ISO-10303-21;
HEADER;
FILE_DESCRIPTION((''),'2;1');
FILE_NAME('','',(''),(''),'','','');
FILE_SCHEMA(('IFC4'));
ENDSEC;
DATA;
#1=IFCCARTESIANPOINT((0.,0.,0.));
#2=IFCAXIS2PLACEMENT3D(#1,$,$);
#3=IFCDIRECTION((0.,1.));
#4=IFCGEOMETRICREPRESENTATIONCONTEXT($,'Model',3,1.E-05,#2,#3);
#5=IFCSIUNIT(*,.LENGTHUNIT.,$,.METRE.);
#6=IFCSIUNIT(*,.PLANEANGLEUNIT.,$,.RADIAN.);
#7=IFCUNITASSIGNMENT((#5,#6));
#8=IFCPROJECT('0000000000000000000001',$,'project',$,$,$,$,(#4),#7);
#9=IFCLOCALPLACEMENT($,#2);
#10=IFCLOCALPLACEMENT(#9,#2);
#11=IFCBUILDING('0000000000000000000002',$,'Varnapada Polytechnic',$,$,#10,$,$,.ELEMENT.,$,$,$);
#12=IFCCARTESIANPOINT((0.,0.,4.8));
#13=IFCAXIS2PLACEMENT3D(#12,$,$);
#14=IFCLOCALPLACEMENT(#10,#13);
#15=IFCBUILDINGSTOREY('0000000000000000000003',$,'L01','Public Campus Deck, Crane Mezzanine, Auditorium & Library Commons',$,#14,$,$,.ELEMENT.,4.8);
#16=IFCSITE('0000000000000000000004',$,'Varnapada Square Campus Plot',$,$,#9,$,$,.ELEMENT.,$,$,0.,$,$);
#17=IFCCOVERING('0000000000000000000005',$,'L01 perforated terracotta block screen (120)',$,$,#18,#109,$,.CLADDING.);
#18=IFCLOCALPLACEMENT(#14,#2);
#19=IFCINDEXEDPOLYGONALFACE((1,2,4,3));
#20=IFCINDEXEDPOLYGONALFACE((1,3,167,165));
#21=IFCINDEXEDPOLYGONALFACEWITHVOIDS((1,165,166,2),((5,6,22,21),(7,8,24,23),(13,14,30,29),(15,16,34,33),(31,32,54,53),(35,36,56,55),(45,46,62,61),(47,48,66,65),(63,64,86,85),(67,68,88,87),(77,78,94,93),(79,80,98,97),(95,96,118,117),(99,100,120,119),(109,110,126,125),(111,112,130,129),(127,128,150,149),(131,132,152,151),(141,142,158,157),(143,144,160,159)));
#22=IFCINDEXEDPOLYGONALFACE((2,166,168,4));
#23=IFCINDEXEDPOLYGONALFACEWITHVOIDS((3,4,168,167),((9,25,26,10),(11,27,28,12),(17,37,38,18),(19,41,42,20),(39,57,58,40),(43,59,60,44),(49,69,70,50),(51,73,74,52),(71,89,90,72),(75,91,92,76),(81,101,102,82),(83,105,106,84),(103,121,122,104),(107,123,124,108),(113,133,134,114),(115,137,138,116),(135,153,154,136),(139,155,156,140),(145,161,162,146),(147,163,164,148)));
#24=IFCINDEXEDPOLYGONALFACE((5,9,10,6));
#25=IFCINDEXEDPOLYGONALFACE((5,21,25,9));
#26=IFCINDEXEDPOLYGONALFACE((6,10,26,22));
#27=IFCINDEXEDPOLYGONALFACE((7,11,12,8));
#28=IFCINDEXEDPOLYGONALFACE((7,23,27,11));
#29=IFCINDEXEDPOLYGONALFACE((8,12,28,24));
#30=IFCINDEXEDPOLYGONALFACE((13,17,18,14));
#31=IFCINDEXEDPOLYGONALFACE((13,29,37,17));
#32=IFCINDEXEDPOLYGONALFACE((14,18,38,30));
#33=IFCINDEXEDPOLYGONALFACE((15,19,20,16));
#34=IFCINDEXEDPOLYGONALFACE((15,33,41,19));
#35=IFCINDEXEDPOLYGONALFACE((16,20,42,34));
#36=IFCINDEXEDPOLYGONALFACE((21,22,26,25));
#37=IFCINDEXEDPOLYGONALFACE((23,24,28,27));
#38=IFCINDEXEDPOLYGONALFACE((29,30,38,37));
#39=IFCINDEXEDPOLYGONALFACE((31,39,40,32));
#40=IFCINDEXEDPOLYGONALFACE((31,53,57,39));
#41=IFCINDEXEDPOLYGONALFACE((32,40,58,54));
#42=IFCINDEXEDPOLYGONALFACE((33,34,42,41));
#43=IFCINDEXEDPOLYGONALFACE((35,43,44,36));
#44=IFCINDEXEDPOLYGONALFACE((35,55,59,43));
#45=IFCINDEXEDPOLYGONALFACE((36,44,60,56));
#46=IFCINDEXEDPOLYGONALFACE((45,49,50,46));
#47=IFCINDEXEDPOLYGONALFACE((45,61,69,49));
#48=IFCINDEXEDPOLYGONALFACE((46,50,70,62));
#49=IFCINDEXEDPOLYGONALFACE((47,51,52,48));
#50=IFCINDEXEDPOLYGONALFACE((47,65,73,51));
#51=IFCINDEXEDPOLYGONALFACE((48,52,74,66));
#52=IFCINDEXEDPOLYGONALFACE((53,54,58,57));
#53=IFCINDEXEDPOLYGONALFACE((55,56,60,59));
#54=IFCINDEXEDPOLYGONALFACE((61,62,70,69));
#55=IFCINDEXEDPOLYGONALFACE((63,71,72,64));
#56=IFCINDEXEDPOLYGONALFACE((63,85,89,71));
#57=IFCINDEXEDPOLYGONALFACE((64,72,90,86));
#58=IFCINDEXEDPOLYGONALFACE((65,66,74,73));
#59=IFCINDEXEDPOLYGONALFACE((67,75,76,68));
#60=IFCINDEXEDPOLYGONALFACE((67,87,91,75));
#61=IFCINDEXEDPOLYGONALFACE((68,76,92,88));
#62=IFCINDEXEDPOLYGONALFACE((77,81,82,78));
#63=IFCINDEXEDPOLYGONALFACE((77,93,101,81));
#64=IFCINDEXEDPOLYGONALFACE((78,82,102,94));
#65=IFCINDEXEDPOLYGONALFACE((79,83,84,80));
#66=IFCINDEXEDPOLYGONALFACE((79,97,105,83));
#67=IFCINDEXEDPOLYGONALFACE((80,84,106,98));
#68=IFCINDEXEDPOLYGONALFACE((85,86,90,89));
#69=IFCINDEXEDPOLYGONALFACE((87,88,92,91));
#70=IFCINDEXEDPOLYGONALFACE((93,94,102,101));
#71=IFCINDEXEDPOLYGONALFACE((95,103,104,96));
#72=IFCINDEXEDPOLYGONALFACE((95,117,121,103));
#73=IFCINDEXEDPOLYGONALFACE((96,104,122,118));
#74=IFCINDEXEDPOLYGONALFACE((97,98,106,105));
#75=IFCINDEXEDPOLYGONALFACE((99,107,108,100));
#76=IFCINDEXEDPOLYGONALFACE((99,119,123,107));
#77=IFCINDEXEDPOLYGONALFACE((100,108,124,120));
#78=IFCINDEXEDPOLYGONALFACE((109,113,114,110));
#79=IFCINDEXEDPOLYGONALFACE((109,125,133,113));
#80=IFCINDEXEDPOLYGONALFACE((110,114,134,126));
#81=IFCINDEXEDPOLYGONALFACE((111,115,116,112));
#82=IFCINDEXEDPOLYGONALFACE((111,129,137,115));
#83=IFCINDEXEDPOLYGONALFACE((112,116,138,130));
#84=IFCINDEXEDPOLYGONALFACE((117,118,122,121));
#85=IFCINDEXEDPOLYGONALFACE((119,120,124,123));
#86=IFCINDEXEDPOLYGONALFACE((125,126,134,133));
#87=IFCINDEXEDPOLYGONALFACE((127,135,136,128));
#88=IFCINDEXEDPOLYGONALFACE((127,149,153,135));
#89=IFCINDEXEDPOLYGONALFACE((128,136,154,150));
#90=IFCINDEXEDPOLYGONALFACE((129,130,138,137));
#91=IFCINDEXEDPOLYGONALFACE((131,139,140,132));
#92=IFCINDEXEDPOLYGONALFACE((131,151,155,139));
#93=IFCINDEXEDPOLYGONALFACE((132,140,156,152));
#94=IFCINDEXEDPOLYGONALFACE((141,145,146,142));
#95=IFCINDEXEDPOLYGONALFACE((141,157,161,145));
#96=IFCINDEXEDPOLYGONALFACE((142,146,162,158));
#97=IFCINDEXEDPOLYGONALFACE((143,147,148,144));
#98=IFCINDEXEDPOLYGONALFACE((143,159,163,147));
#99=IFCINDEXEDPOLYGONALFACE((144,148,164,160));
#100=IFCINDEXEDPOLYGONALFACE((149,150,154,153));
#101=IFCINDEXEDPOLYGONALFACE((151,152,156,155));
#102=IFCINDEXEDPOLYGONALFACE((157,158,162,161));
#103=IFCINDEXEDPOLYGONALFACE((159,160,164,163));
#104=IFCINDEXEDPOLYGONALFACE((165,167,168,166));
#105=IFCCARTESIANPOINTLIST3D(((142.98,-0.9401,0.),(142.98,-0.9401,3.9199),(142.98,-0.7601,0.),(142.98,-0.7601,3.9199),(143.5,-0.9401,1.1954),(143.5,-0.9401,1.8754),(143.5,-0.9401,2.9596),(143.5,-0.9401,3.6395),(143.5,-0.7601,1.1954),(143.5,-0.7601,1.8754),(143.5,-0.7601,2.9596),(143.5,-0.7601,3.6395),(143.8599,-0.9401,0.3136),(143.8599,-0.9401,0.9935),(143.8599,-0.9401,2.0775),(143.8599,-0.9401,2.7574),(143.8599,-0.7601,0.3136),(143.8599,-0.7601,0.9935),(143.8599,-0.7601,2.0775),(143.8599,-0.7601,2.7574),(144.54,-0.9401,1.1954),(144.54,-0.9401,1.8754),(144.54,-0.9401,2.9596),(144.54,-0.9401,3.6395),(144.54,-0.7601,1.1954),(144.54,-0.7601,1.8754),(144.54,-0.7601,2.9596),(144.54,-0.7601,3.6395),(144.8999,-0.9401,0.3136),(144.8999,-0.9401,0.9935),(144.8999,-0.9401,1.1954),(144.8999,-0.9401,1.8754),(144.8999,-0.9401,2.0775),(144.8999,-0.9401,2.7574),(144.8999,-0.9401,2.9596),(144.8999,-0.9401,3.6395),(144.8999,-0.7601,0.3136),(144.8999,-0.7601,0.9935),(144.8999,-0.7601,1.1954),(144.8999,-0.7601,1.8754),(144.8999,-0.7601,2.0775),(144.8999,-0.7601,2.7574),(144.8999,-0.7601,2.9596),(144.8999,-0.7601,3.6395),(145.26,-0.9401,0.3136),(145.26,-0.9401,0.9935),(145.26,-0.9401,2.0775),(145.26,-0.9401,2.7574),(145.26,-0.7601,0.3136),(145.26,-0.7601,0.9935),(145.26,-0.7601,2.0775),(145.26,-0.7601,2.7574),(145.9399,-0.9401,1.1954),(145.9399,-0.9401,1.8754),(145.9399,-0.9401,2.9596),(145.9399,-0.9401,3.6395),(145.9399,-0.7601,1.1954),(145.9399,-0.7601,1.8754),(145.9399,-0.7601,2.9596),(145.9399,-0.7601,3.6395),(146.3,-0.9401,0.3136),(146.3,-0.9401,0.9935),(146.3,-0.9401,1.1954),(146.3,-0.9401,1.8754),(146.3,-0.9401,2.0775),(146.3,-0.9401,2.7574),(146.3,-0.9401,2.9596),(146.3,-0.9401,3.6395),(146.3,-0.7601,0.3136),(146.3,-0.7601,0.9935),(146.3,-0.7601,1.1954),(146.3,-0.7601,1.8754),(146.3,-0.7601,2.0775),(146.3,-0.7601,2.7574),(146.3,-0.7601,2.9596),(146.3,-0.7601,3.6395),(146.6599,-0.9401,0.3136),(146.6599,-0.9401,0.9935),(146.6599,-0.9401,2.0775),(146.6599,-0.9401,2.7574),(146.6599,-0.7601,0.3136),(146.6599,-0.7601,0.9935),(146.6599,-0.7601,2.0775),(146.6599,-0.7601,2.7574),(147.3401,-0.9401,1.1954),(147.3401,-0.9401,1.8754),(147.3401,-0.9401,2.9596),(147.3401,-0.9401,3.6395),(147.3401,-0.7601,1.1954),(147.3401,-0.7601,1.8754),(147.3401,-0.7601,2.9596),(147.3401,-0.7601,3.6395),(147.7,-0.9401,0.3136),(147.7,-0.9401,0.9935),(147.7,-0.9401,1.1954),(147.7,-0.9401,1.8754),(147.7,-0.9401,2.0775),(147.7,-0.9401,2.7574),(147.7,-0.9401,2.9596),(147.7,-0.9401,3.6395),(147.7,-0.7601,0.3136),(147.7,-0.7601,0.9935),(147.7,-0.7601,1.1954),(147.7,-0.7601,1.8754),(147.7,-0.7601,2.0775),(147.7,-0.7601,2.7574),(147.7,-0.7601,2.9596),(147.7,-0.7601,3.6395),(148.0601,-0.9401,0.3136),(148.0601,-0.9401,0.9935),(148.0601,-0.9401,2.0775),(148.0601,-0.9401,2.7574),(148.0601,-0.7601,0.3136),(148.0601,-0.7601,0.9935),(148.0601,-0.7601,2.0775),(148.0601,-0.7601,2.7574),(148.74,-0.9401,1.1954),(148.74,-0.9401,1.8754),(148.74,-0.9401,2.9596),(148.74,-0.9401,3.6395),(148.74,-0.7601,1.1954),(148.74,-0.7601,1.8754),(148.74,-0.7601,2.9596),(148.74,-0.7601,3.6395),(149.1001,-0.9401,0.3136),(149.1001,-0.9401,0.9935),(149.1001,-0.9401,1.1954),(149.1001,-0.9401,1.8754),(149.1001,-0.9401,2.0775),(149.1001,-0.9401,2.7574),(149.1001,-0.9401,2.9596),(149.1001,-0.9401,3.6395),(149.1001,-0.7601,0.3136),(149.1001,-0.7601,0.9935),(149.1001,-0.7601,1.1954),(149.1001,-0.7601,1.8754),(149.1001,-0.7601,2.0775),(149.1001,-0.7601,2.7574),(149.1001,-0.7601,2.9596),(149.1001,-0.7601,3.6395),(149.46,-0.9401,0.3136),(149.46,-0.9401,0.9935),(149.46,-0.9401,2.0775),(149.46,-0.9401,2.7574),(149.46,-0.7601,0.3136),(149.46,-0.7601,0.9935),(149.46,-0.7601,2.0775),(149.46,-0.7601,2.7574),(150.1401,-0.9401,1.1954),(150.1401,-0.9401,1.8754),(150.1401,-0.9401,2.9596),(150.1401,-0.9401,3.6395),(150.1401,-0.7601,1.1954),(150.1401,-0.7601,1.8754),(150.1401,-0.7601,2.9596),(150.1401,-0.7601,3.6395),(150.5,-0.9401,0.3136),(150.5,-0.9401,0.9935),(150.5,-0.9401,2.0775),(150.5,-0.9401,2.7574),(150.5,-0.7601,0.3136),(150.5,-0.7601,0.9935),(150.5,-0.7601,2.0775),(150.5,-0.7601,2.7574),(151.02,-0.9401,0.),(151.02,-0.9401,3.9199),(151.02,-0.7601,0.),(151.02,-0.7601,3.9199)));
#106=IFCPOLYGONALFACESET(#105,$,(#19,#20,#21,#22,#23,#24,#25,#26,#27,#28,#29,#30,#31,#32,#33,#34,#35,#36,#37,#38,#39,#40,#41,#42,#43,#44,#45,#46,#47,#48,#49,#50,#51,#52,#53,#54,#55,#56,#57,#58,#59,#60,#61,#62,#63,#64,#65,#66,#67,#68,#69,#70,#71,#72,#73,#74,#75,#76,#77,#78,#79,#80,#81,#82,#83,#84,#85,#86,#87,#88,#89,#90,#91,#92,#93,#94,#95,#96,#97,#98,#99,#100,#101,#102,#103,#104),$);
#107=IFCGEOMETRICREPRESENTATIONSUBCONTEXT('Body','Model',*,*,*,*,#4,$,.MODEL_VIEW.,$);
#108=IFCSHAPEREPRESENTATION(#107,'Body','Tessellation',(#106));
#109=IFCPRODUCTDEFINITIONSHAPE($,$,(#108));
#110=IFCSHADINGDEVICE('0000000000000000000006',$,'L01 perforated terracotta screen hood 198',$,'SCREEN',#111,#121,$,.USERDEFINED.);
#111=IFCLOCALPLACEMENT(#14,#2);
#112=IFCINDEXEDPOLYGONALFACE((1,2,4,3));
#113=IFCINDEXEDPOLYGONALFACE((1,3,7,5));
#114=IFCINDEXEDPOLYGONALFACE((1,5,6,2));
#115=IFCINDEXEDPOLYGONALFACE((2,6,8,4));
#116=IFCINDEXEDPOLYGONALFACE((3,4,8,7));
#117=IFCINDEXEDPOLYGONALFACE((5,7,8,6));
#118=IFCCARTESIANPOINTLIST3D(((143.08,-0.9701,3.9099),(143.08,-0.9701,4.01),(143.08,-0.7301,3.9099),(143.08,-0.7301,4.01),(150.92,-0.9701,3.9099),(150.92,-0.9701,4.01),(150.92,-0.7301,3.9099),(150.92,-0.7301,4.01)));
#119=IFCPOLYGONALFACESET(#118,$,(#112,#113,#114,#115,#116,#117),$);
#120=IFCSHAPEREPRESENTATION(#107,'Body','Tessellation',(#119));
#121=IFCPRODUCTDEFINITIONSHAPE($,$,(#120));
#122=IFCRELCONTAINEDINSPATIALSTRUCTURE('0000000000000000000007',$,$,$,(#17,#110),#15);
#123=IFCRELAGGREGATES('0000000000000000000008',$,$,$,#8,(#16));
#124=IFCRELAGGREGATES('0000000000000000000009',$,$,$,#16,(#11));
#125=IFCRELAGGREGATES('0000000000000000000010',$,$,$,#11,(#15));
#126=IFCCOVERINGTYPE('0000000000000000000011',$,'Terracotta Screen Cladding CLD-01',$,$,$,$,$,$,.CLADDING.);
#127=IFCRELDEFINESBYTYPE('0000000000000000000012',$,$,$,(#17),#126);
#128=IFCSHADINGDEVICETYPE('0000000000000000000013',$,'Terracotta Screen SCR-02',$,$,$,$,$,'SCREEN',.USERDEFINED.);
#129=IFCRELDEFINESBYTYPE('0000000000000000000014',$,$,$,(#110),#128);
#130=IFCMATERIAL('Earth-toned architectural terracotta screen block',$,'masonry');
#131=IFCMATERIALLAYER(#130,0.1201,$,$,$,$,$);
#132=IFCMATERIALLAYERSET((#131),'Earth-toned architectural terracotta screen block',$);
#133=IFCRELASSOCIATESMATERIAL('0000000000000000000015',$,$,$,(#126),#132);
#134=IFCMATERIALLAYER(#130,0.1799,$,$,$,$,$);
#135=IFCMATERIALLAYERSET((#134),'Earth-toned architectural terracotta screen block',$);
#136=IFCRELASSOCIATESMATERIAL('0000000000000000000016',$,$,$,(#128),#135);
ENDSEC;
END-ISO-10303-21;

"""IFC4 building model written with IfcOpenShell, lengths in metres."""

from ifc_helpers import new_model, si_unit, direction, frame, frame_2d, origin, origin_2d, place, context, subcontext, project, spatial, rectangle, extrude, material, layer, layer_set, type_object, element, save


model = new_model("IFC4")

# Units and contexts
model_context = context("Model", 3, precision=1e-05, world=origin(), true_north=direction((0.0, 1.0)))
body_context = subcontext(model_context, "Body", "Model", "MODEL_VIEW")
ifc_project = project(units=[si_unit("LENGTHUNIT", "METRE"), si_unit("PLANEANGLEUNIT", "RADIAN")], contexts=[model_context])

# Site, building, storey
site_placement = place(None, origin())
site = spatial("IfcSite", under=ifc_project, at=site_placement, Name="Varnapada Square Campus Plot", CompositionType="ELEMENT", RefElevation=0.0)
building_placement = place(site_placement, origin())
building = spatial("IfcBuilding", under=site, at=building_placement, Name="Varnapada Polytechnic", CompositionType="ELEMENT")
storey_placement = place(building_placement, frame((0.0, 0.0, 4.8)))
storey = spatial("IfcBuildingStorey", under=building, at=storey_placement, Name="L01", Description="Public Campus Deck, Crane Mezzanine, Auditorium & Library Commons", CompositionType="ELEMENT", Elevation=4.8)

# Covering, openings
ifc_material_1 = material(Name="Earth-toned architectural terracotta screen block", Category="masonry")
ifc_layer_1 = layer(ifc_material_1, 0.1201)
ifc_layer_set_1 = layer_set([ifc_layer_1], Name="Earth-toned architectural terracotta screen block")
covering_type = type_object("IfcCoveringType", Name="Terracotta Screen Cladding CLD-01", PredefinedType="CLADDING", material=ifc_layer_set_1)
covering_placement = place(storey_placement, frame((151.02, -0.8501, 0.0), z_axis=(0.0, 0.0, 1.0), x_axis=(-1.0, 0.0, 0.0)))
covering = element("IfcCovering", 1, at=covering_placement, inside=storey, type_object=covering_type, Name="L01 perforated terracotta block screen (120)", PredefinedType="CLADDING", context=body_context, shape_type="SweptSolid", body=[
    extrude(rectangle(XDim=8.04, YDim=0.1799, at=frame_2d((4.02, 0.0))), origin(), (0.0, 0.0, 1.0), 3.9199),
])
opening_1_placement = place(covering_placement, frame((0.52, 0.0, 0.3137)))
element("IfcOpeningElement", 2, at=opening_1_placement, cuts=covering, PredefinedType="OPENING", context=body_context, shape_type="SweptSolid", body=[
    extrude(rectangle(XDim=1.04, YDim=0.6799, at=frame_2d((0.52, 0.3398))), frame((0.0, 0.0999, 0.0), z_axis=(0.0, -1.0, 0.0), x_axis=(1.0, 0.0, 0.0)), (0.0, 0.0, 1.0), 0.2),
])
opening_2_placement = place(covering_placement, frame((1.9199, 0.0, 0.3137)))
element("IfcOpeningElement", 3, at=opening_2_placement, cuts=covering, PredefinedType="OPENING", context=body_context, shape_type="SweptSolid", body=[
    extrude(rectangle(XDim=1.04, YDim=0.6799, at=frame_2d((0.52, 0.3398))), frame((0.0, 0.0999, 0.0), z_axis=(0.0, -1.0, 0.0), x_axis=(1.0, 0.0, 0.0)), (0.0, 0.0, 1.0), 0.2),
])
opening_3_placement = place(covering_placement, frame((3.3201, 0.0, 0.3137)))
element("IfcOpeningElement", 4, at=opening_3_placement, cuts=covering, PredefinedType="OPENING", context=body_context, shape_type="SweptSolid", body=[
    extrude(rectangle(XDim=1.04, YDim=0.6799, at=frame_2d((0.52, 0.3398))), frame((0.0, 0.0999, 0.0), z_axis=(0.0, -1.0, 0.0), x_axis=(1.0, 0.0, 0.0)), (0.0, 0.0, 1.0), 0.2),
])
opening_4_placement = place(covering_placement, frame((4.72, 0.0, 0.3137)))
element("IfcOpeningElement", 5, at=opening_4_placement, cuts=covering, PredefinedType="OPENING", context=body_context, shape_type="SweptSolid", body=[
    extrude(rectangle(XDim=1.04, YDim=0.6799, at=frame_2d((0.52, 0.3398))), frame((0.0, 0.0999, 0.0), z_axis=(0.0, -1.0, 0.0), x_axis=(1.0, 0.0, 0.0)), (0.0, 0.0, 1.0), 0.2),
])
opening_5_placement = place(covering_placement, frame((6.1201, 0.0, 0.3137)))
element("IfcOpeningElement", 6, at=opening_5_placement, cuts=covering, PredefinedType="OPENING", context=body_context, shape_type="SweptSolid", body=[
    extrude(rectangle(XDim=1.04, YDim=0.6799, at=frame_2d((0.52, 0.3398))), frame((0.0, 0.0999, 0.0), z_axis=(0.0, -1.0, 0.0), x_axis=(1.0, 0.0, 0.0)), (0.0, 0.0, 1.0), 0.2),
])
opening_6_placement = place(covering_placement, frame((0.8799, 0.0, 1.1956)))
element("IfcOpeningElement", 7, at=opening_6_placement, cuts=covering, PredefinedType="OPENING", context=body_context, shape_type="SweptSolid", body=[
    extrude(rectangle(XDim=1.04, YDim=0.6799, at=frame_2d((0.52, 0.3398))), frame((0.0, 0.0999, 0.0), z_axis=(0.0, -1.0, 0.0), x_axis=(1.0, 0.0, 0.0)), (0.0, 0.0, 1.0), 0.2),
])
opening_7_placement = place(covering_placement, frame((2.28, 0.0, 1.1956)))
element("IfcOpeningElement", 8, at=opening_7_placement, cuts=covering, PredefinedType="OPENING", context=body_context, shape_type="SweptSolid", body=[
    extrude(rectangle(XDim=1.04, YDim=0.6799, at=frame_2d((0.52, 0.3398))), frame((0.0, 0.0999, 0.0), z_axis=(0.0, -1.0, 0.0), x_axis=(1.0, 0.0, 0.0)), (0.0, 0.0, 1.0), 0.2),
])
opening_8_placement = place(covering_placement, frame((3.6799, 0.0, 1.1956)))
element("IfcOpeningElement", 9, at=opening_8_placement, cuts=covering, PredefinedType="OPENING", context=body_context, shape_type="SweptSolid", body=[
    extrude(rectangle(XDim=1.04, YDim=0.6799, at=frame_2d((0.52, 0.3398))), frame((0.0, 0.0999, 0.0), z_axis=(0.0, -1.0, 0.0), x_axis=(1.0, 0.0, 0.0)), (0.0, 0.0, 1.0), 0.2),
])
opening_9_placement = place(covering_placement, frame((5.0801, 0.0, 1.1956)))
element("IfcOpeningElement", 10, at=opening_9_placement, cuts=covering, PredefinedType="OPENING", context=body_context, shape_type="SweptSolid", body=[
    extrude(rectangle(XDim=1.04, YDim=0.6799, at=frame_2d((0.52, 0.3398))), frame((0.0, 0.0999, 0.0), z_axis=(0.0, -1.0, 0.0), x_axis=(1.0, 0.0, 0.0)), (0.0, 0.0, 1.0), 0.2),
])
opening_10_placement = place(covering_placement, frame((6.48, 0.0, 1.1956)))
element("IfcOpeningElement", 11, at=opening_10_placement, cuts=covering, PredefinedType="OPENING", context=body_context, shape_type="SweptSolid", body=[
    extrude(rectangle(XDim=1.04, YDim=0.6799, at=frame_2d((0.52, 0.3398))), frame((0.0, 0.0999, 0.0), z_axis=(0.0, -1.0, 0.0), x_axis=(1.0, 0.0, 0.0)), (0.0, 0.0, 1.0), 0.2),
])
opening_11_placement = place(covering_placement, frame((0.52, 0.0, 2.0776)))
element("IfcOpeningElement", 12, at=opening_11_placement, cuts=covering, PredefinedType="OPENING", context=body_context, shape_type="SweptSolid", body=[
    extrude(rectangle(XDim=1.04, YDim=0.6799, at=frame_2d((0.52, 0.3398))), frame((0.0, 0.0999, 0.0), z_axis=(0.0, -1.0, 0.0), x_axis=(1.0, 0.0, 0.0)), (0.0, 0.0, 1.0), 0.2),
])
opening_12_placement = place(covering_placement, frame((1.9199, 0.0, 2.0776)))
element("IfcOpeningElement", 13, at=opening_12_placement, cuts=covering, PredefinedType="OPENING", context=body_context, shape_type="SweptSolid", body=[
    extrude(rectangle(XDim=1.04, YDim=0.6799, at=frame_2d((0.52, 0.3398))), frame((0.0, 0.0999, 0.0), z_axis=(0.0, -1.0, 0.0), x_axis=(1.0, 0.0, 0.0)), (0.0, 0.0, 1.0), 0.2),
])
opening_13_placement = place(covering_placement, frame((3.3201, 0.0, 2.0776)))
element("IfcOpeningElement", 14, at=opening_13_placement, cuts=covering, PredefinedType="OPENING", context=body_context, shape_type="SweptSolid", body=[
    extrude(rectangle(XDim=1.04, YDim=0.6799, at=frame_2d((0.52, 0.3398))), frame((0.0, 0.0999, 0.0), z_axis=(0.0, -1.0, 0.0), x_axis=(1.0, 0.0, 0.0)), (0.0, 0.0, 1.0), 0.2),
])
opening_14_placement = place(covering_placement, frame((4.72, 0.0, 2.0776)))
element("IfcOpeningElement", 15, at=opening_14_placement, cuts=covering, PredefinedType="OPENING", context=body_context, shape_type="SweptSolid", body=[
    extrude(rectangle(XDim=1.04, YDim=0.6799, at=frame_2d((0.52, 0.3398))), frame((0.0, 0.0999, 0.0), z_axis=(0.0, -1.0, 0.0), x_axis=(1.0, 0.0, 0.0)), (0.0, 0.0, 1.0), 0.2),
])
opening_15_placement = place(covering_placement, frame((6.1201, 0.0, 2.0776)))
element("IfcOpeningElement", 16, at=opening_15_placement, cuts=covering, PredefinedType="OPENING", context=body_context, shape_type="SweptSolid", body=[
    extrude(rectangle(XDim=1.04, YDim=0.6799, at=frame_2d((0.52, 0.3398))), frame((0.0, 0.0999, 0.0), z_axis=(0.0, -1.0, 0.0), x_axis=(1.0, 0.0, 0.0)), (0.0, 0.0, 1.0), 0.2),
])
opening_16_placement = place(covering_placement, frame((0.8799, 0.0, 2.9597)))
element("IfcOpeningElement", 17, at=opening_16_placement, cuts=covering, PredefinedType="OPENING", context=body_context, shape_type="SweptSolid", body=[
    extrude(rectangle(XDim=1.04, YDim=0.6799, at=frame_2d((0.52, 0.3398))), frame((0.0, 0.0999, 0.0), z_axis=(0.0, -1.0, 0.0), x_axis=(1.0, 0.0, 0.0)), (0.0, 0.0, 1.0), 0.2),
])
opening_17_placement = place(covering_placement, frame((2.28, 0.0, 2.9597)))
element("IfcOpeningElement", 18, at=opening_17_placement, cuts=covering, PredefinedType="OPENING", context=body_context, shape_type="SweptSolid", body=[
    extrude(rectangle(XDim=1.04, YDim=0.6799, at=frame_2d((0.52, 0.3398))), frame((0.0, 0.0999, 0.0), z_axis=(0.0, -1.0, 0.0), x_axis=(1.0, 0.0, 0.0)), (0.0, 0.0, 1.0), 0.2),
])
opening_18_placement = place(covering_placement, frame((3.6799, 0.0, 2.9597)))
element("IfcOpeningElement", 19, at=opening_18_placement, cuts=covering, PredefinedType="OPENING", context=body_context, shape_type="SweptSolid", body=[
    extrude(rectangle(XDim=1.04, YDim=0.6799, at=frame_2d((0.52, 0.3398))), frame((0.0, 0.0999, 0.0), z_axis=(0.0, -1.0, 0.0), x_axis=(1.0, 0.0, 0.0)), (0.0, 0.0, 1.0), 0.2),
])
opening_19_placement = place(covering_placement, frame((5.0801, 0.0, 2.9597)))
element("IfcOpeningElement", 20, at=opening_19_placement, cuts=covering, PredefinedType="OPENING", context=body_context, shape_type="SweptSolid", body=[
    extrude(rectangle(XDim=1.04, YDim=0.6799, at=frame_2d((0.52, 0.3398))), frame((0.0, 0.0999, 0.0), z_axis=(0.0, -1.0, 0.0), x_axis=(1.0, 0.0, 0.0)), (0.0, 0.0, 1.0), 0.2),
])
opening_20_placement = place(covering_placement, frame((6.48, 0.0, 2.9597)))
element("IfcOpeningElement", 21, at=opening_20_placement, cuts=covering, PredefinedType="OPENING", context=body_context, shape_type="SweptSolid", body=[
    extrude(rectangle(XDim=1.04, YDim=0.6799, at=frame_2d((0.52, 0.3398))), frame((0.0, 0.0999, 0.0), z_axis=(0.0, -1.0, 0.0), x_axis=(1.0, 0.0, 0.0)), (0.0, 0.0, 1.0), 0.2),
])

# Shading device
ifc_layer_2 = layer(ifc_material_1, 0.1799)
ifc_layer_set_2 = layer_set([ifc_layer_2], Name="Earth-toned architectural terracotta screen block")
shading_device_type = type_object("IfcShadingDeviceType", Name="Terracotta Screen SCR-02", ElementType="SCREEN", PredefinedType="USERDEFINED", material=ifc_layer_set_2)
shading_device_placement = place(storey_placement, frame((147.0, -0.8501, 3.9099), z_axis=(0.0, 0.0, 1.0), x_axis=(-1.0, 0.0, 0.0)))
element("IfcShadingDevice", 22, at=shading_device_placement, inside=storey, type_object=shading_device_type, Name="L01 perforated terracotta screen hood 198", ObjectType="SCREEN", PredefinedType="USERDEFINED", context=body_context, shape_type="SweptSolid", body=[
    extrude(rectangle(XDim=7.8401, YDim=0.24, at=origin_2d()), origin(), (0.0, 0.0, 1.0), 0.1001),
])

save(model, "model.ifc")
